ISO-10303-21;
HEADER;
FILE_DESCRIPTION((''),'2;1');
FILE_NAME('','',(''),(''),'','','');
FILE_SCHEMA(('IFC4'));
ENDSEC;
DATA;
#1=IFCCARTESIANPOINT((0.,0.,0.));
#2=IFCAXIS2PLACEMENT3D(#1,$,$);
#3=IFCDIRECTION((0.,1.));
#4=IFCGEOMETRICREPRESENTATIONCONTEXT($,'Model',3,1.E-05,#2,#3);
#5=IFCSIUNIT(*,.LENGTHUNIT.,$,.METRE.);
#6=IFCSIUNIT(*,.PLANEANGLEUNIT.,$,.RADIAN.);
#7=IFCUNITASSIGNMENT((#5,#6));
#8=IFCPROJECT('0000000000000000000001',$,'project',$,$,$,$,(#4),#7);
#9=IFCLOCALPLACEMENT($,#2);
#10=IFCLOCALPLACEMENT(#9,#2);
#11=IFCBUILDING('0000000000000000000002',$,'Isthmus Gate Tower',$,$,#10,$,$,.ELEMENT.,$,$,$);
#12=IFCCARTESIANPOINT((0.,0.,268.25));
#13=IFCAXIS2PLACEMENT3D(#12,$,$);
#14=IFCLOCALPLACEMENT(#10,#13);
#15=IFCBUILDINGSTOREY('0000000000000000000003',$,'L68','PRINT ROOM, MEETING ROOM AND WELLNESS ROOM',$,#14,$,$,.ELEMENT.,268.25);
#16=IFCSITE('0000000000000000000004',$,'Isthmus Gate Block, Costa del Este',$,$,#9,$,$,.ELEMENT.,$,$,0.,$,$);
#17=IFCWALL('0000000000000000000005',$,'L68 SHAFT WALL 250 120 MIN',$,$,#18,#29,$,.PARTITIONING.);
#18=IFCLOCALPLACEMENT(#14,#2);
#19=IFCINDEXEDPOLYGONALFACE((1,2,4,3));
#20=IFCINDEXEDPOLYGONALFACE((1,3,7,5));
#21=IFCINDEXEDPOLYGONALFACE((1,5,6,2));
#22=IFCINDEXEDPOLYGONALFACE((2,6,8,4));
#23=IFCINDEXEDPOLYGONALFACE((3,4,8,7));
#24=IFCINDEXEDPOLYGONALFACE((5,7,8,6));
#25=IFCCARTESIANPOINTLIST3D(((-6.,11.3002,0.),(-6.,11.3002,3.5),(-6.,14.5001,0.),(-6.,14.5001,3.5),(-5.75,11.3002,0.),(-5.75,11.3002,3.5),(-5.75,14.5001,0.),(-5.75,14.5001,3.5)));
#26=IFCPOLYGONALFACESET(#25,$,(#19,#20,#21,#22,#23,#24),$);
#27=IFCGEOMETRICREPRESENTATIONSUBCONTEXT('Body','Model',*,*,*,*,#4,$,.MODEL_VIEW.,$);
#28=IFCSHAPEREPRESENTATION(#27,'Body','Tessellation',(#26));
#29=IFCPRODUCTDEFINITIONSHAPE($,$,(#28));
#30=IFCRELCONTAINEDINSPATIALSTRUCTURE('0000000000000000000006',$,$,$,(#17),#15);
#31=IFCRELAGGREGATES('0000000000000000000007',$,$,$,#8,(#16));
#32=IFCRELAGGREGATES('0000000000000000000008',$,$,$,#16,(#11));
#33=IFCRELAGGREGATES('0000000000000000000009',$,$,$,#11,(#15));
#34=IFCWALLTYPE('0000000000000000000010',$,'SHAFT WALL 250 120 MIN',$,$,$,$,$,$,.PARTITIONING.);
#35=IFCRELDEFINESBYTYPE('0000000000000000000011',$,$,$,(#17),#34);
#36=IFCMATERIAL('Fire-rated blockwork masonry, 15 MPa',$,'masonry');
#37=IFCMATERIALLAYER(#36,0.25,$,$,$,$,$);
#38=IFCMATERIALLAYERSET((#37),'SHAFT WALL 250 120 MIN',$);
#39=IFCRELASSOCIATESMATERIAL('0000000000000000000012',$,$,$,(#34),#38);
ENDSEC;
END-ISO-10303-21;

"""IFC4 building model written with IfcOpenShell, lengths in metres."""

from ifc_helpers import new_model, si_unit, direction, frame, frame_2d, origin, place, context, subcontext, project, spatial, rectangle, extrude, material, layer, layer_set, type_object, element, save


model = new_model("IFC4")

# Units and contexts
model_context = context("Model", 3, precision=1e-05, world=origin(), true_north=direction((0.0, 1.0)))
body_context = subcontext(model_context, "Body", "Model", "MODEL_VIEW")
ifc_project = project(units=[si_unit("LENGTHUNIT", "METRE"), si_unit("PLANEANGLEUNIT", "RADIAN")], contexts=[model_context])

# Site, building, storey
site_placement = place(None, origin())
site = spatial("IfcSite", under=ifc_project, at=site_placement, Name="Isthmus Gate Block, Costa del Este", CompositionType="ELEMENT", RefElevation=0.0)
building_placement = place(site_placement, origin())
building = spatial("IfcBuilding", under=site, at=building_placement, Name="Isthmus Gate Tower", CompositionType="ELEMENT")
storey_placement = place(building_placement, frame((0.0, 0.0, 268.25)))
storey = spatial("IfcBuildingStorey", under=building, at=storey_placement, Name="L68", Description="PRINT ROOM, MEETING ROOM AND WELLNESS ROOM", CompositionType="ELEMENT", Elevation=268.25)

# Wall
ifc_material_1 = material(Name="Fire-rated blockwork masonry, 15 MPa", Category="masonry")
ifc_layer_1 = layer(ifc_material_1, 0.25)
ifc_layer_set_1 = layer_set([ifc_layer_1], Name="SHAFT WALL 250 120 MIN")
wall_type_1 = type_object("IfcWallType", Name="SHAFT WALL 250 120 MIN", PredefinedType="PARTITIONING", material=ifc_layer_set_1)
for number, where, z_axis, x_axis, name in (
    (1, (-5.875, 11.3, 0.0), (0.0, 0.0, 1.0), (0.0, 1.0, 0.0), "L68 SHAFT WALL 250 120 MIN"),
):
    element("IfcWall", number, at=place(storey_placement, frame(where, z_axis=z_axis, x_axis=x_axis)), inside=storey, type_object=wall_type_1, Name=name, PredefinedType="PARTITIONING", context=body_context, shape_type="SweptSolid", body=[
        extrude(rectangle(XDim=3.2, YDim=0.25, at=frame_2d((1.6001, 0.0))), origin(), (0.0, 0.0, 1.0), 3.5),
    ])

save(model, "model.ifc")
